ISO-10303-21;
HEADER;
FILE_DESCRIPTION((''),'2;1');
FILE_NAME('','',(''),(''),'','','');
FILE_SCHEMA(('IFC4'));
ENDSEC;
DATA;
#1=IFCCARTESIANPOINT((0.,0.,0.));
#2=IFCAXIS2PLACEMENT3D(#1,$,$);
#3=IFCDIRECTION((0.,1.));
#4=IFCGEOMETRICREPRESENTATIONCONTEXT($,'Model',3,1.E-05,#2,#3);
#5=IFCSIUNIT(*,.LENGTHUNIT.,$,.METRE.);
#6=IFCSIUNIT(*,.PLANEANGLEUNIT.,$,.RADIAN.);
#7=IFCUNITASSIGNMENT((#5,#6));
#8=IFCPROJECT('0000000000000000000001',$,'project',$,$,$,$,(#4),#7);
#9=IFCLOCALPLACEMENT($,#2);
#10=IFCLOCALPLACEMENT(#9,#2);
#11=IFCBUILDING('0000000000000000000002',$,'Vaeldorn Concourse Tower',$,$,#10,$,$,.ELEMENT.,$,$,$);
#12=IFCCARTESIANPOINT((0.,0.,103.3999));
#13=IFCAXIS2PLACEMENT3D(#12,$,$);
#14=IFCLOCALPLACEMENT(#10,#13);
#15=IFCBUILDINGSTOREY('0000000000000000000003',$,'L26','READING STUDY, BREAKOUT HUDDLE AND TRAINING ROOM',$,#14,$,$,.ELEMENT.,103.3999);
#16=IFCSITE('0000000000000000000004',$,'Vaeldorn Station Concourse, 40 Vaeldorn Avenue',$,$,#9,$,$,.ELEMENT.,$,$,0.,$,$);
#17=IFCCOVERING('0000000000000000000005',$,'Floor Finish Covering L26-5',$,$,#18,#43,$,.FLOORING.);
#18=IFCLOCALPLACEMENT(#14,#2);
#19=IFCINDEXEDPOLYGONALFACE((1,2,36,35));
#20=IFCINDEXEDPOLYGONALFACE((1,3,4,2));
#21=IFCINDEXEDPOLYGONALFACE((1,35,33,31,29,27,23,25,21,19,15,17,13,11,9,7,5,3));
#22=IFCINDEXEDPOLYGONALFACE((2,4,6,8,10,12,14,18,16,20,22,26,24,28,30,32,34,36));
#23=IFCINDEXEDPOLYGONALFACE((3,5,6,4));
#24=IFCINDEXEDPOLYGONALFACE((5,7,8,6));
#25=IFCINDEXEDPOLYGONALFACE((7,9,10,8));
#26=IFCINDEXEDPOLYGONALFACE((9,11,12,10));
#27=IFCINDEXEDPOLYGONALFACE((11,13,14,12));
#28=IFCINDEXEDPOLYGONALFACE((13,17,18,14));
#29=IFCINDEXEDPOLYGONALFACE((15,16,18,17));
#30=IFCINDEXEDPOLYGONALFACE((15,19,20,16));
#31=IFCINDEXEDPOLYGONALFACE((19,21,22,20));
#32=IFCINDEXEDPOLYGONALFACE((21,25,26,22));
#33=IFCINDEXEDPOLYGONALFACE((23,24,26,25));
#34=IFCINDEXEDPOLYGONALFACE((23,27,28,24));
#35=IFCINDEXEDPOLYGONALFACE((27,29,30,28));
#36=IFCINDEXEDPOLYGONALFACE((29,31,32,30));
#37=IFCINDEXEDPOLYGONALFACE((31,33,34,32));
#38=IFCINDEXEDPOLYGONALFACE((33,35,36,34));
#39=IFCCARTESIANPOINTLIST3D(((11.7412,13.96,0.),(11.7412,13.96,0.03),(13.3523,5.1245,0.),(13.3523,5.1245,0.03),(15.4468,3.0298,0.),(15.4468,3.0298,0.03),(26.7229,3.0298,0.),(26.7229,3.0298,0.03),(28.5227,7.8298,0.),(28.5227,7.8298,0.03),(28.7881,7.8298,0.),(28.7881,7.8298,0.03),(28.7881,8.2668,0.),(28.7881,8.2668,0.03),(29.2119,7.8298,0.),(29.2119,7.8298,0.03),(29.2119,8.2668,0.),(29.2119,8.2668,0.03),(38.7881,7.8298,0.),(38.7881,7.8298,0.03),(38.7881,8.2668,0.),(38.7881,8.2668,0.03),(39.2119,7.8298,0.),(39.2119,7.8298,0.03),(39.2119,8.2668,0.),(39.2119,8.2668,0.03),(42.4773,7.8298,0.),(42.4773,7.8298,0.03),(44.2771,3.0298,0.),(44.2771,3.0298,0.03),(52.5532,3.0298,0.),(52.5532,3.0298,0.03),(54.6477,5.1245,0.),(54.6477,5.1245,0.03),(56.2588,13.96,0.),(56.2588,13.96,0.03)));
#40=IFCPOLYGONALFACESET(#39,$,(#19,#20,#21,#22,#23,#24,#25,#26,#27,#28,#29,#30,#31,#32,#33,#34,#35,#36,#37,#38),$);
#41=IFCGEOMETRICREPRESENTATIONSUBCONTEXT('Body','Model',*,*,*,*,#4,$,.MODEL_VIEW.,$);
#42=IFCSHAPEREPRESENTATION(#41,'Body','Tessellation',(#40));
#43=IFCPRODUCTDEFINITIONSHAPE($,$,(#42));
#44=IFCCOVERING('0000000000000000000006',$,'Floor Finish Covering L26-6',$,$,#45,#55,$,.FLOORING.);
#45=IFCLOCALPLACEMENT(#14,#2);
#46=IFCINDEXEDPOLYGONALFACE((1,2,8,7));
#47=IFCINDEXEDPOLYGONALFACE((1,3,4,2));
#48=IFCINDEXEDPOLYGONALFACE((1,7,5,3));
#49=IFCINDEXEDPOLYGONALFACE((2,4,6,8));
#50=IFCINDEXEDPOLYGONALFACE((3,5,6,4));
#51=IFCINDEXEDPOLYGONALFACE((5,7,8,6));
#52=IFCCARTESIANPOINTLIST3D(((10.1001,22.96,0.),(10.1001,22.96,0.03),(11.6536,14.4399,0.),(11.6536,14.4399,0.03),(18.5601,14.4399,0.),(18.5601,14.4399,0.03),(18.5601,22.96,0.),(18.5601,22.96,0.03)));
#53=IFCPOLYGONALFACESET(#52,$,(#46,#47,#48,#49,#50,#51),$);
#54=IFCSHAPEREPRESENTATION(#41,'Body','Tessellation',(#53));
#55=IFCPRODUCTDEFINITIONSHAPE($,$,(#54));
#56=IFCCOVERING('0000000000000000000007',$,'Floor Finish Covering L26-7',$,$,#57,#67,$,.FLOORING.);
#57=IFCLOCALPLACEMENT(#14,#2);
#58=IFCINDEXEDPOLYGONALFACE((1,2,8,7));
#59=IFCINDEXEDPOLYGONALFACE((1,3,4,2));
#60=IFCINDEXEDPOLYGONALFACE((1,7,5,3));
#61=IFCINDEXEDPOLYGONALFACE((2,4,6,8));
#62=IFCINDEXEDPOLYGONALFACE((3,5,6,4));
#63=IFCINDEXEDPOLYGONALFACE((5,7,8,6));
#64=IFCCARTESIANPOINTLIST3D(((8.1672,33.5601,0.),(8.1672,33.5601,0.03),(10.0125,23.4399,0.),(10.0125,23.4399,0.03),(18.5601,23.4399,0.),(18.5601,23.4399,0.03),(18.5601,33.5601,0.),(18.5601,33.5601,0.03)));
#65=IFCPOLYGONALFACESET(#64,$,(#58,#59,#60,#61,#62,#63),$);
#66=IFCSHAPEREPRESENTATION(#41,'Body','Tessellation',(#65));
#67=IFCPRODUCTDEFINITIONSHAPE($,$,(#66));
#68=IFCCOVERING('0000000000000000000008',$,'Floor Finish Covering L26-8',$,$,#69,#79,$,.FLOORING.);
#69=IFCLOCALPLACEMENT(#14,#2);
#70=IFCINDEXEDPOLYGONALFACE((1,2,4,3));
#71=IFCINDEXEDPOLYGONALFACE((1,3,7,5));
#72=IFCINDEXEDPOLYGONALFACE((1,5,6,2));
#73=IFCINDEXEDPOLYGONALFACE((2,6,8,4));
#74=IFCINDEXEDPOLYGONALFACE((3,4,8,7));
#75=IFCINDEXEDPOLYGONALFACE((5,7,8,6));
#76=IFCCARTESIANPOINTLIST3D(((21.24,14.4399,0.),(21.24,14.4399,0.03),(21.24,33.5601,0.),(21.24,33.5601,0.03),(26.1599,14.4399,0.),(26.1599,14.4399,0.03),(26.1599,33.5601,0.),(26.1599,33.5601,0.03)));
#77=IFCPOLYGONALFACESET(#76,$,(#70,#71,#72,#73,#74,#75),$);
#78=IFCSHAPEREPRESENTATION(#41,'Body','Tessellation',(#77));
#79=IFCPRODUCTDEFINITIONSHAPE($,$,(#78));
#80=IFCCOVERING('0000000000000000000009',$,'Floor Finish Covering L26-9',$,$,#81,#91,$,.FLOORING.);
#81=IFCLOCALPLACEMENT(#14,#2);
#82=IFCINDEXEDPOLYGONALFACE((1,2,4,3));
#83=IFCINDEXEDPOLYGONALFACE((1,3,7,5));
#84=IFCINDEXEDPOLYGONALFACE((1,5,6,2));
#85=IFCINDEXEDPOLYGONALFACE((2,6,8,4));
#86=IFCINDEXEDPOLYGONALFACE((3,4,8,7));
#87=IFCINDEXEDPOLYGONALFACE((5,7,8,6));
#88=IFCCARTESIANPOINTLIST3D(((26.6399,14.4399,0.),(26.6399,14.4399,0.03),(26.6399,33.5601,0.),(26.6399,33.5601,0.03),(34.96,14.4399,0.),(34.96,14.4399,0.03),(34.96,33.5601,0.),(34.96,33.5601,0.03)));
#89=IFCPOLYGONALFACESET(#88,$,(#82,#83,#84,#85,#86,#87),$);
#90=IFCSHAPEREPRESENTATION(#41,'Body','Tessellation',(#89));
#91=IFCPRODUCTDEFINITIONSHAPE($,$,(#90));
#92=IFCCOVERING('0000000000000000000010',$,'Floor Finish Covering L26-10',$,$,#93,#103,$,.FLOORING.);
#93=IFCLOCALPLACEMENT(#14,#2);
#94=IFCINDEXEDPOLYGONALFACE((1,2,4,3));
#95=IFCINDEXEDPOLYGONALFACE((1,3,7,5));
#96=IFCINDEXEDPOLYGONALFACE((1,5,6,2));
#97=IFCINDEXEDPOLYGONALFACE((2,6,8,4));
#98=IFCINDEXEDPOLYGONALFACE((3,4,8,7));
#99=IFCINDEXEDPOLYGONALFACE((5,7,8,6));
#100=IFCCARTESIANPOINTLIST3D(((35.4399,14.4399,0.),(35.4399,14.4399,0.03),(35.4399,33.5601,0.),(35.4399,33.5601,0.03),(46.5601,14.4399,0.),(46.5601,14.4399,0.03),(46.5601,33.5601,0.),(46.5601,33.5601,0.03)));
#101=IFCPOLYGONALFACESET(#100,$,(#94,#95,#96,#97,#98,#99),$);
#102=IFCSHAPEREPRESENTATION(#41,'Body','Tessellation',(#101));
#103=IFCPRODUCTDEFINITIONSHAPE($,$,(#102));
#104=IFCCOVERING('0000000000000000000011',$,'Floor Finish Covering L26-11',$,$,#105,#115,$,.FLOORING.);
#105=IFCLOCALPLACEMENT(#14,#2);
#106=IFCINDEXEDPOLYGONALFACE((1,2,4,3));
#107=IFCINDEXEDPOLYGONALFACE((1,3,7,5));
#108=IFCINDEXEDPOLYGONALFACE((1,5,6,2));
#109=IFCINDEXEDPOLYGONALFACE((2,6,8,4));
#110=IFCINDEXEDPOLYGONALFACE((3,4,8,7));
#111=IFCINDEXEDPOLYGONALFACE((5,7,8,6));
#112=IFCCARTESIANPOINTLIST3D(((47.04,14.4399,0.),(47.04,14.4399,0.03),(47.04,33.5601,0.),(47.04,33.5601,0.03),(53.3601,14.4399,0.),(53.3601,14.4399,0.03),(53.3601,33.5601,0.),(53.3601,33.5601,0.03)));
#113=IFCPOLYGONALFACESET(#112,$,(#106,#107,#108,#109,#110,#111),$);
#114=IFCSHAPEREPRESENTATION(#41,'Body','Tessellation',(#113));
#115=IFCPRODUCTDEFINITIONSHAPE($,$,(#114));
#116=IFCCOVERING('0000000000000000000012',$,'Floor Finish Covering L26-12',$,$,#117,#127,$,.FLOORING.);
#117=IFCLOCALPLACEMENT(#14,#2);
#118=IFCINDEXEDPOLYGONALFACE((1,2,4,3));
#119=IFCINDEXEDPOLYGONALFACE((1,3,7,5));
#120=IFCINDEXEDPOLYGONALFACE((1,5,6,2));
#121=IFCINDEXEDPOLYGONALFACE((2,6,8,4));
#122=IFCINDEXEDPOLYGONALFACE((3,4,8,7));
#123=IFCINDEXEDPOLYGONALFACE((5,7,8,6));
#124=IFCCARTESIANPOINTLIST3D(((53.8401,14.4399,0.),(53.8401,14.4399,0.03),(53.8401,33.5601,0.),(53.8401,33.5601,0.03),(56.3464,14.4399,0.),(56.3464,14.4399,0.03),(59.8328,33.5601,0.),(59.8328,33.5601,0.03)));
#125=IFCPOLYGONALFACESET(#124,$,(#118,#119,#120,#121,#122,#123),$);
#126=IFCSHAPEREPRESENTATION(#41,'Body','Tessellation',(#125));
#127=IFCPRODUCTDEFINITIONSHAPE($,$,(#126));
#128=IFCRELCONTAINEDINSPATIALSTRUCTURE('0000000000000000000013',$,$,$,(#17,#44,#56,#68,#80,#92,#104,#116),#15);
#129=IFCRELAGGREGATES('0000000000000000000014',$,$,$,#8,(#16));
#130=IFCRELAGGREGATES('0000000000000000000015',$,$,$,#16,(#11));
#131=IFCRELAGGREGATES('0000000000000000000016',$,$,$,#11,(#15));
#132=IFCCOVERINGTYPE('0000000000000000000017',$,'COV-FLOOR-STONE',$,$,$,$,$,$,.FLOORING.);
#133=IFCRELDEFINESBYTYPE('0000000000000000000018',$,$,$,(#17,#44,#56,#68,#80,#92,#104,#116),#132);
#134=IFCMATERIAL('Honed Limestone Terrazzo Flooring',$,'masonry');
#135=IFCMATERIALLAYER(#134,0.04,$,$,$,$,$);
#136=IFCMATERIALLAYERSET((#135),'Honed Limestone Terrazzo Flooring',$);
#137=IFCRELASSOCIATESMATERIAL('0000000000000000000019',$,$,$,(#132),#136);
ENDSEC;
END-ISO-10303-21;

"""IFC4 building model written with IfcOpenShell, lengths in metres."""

from ifc_helpers import new_model, si_unit, direction, frame, origin, place, context, subcontext, project, spatial, polyline, outline, extrude, material, layer, layer_set, type_object, element, save


model = new_model("IFC4")

# Units and contexts
model_context = context("Model", 3, precision=1e-05, world=origin(), true_north=direction((0.0, 1.0)))
body_context = subcontext(model_context, "Body", "Model", "MODEL_VIEW")
ifc_project = project(units=[si_unit("LENGTHUNIT", "METRE"), si_unit("PLANEANGLEUNIT", "RADIAN")], contexts=[model_context])

# Site, building, storey
site_placement = place(None, origin())
site = spatial("IfcSite", under=ifc_project, at=site_placement, Name="Vaeldorn Station Concourse, 40 Vaeldorn Avenue", CompositionType="ELEMENT", RefElevation=0.0)
building_placement = place(site_placement, origin())
building = spatial("IfcBuilding", under=site, at=building_placement, Name="Vaeldorn Concourse Tower", CompositionType="ELEMENT")
storey_placement = place(building_placement, frame((0.0, 0.0, 103.3999)))
storey = spatial("IfcBuildingStorey", under=building, at=storey_placement, Name="L26", Description="READING STUDY, BREAKOUT HUDDLE AND TRAINING ROOM", CompositionType="ELEMENT", Elevation=103.3999)

# Coverings
ifc_material_1 = material(Name="Honed Limestone Terrazzo Flooring", Category="masonry")
ifc_layer_1 = layer(ifc_material_1, 0.04)
ifc_layer_set_1 = layer_set([ifc_layer_1], Name="Honed Limestone Terrazzo Flooring")
covering_type_1 = type_object("IfcCoveringType", Name="COV-FLOOR-STONE", PredefinedType="FLOORING", material=ifc_layer_set_1)
covering_1_placement = place(storey_placement, origin())
element("IfcCovering", 1, at=covering_1_placement, inside=storey, type_object=covering_type_1, Name="Floor Finish Covering L26-5", PredefinedType="FLOORING", context=body_context, shape_type="SweptSolid", body=[
    extrude(outline(polyline([(56.2588, 13.96), (54.6477, 5.1245), (52.5532, 3.0298), (44.2771, 3.0298), (42.4773, 7.8298), (39.2119, 7.8298), (39.2119, 8.2668), (38.7881, 8.2668), (38.7881, 7.8298), (29.2119, 7.8298), (29.2119, 8.2668), (28.7881, 8.2668), (28.7881, 7.8298), (28.5227, 7.8298), (26.7229, 3.0298), (15.4468, 3.0298), (13.3523, 5.1245), (11.7412, 13.96), (56.2588, 13.96)])), origin(), (0.0, 0.0, 1.0), 0.03),
])
covering_2_placement = place(storey_placement, origin())
element("IfcCovering", 2, at=covering_2_placement, inside=storey, type_object=covering_type_1, Name="Floor Finish Covering L26-6", PredefinedType="FLOORING", context=body_context, shape_type="SweptSolid", body=[
    extrude(outline(polyline([(18.5601, 22.96), (18.5601, 14.4399), (11.6536, 14.4399), (10.1001, 22.96), (18.5601, 22.96)])), origin(), (0.0, 0.0, 1.0), 0.03),
])
covering_3_placement = place(storey_placement, origin())
element("IfcCovering", 3, at=covering_3_placement, inside=storey, type_object=covering_type_1, Name="Floor Finish Covering L26-7", PredefinedType="FLOORING", context=body_context, shape_type="SweptSolid", body=[
    extrude(outline(polyline([(18.5601, 33.5601), (18.5601, 23.4399), (10.0125, 23.4399), (8.1672, 33.5601), (18.5601, 33.5601)])), origin(), (0.0, 0.0, 1.0), 0.03),
])
covering_4_placement = place(storey_placement, origin())
element("IfcCovering", 4, at=covering_4_placement, inside=storey, type_object=covering_type_1, Name="Floor Finish Covering L26-8", PredefinedType="FLOORING", context=body_context, shape_type="SweptSolid", body=[
    extrude(outline(polyline([(21.24, 33.5601), (26.1599, 33.5601), (26.1599, 14.4399), (21.24, 14.4399), (21.24, 33.5601)])), origin(), (0.0, 0.0, 1.0), 0.03),
])
covering_5_placement = place(storey_placement, origin())
element("IfcCovering", 5, at=covering_5_placement, inside=storey, type_object=covering_type_1, Name="Floor Finish Covering L26-9", PredefinedType="FLOORING", context=body_context, shape_type="SweptSolid", body=[
    extrude(outline(polyline([(26.6399, 33.5601), (34.96, 33.5601), (34.96, 14.4399), (26.6399, 14.4399), (26.6399, 33.5601)])), origin(), (0.0, 0.0, 1.0), 0.03),
])
covering_6_placement = place(storey_placement, origin())
element("IfcCovering", 6, at=covering_6_placement, inside=storey, type_object=covering_type_1, Name="Floor Finish Covering L26-10", PredefinedType="FLOORING", context=body_context, shape_type="SweptSolid", body=[
    extrude(outline(polyline([(35.4399, 33.5601), (46.5601, 33.5601), (46.5601, 14.4399), (35.4399, 14.4399), (35.4399, 33.5601)])), origin(), (0.0, 0.0, 1.0), 0.03),
])
covering_7_placement = place(storey_placement, origin())
element("IfcCovering", 7, at=covering_7_placement, inside=storey, type_object=covering_type_1, Name="Floor Finish Covering L26-11", PredefinedType="FLOORING", context=body_context, shape_type="SweptSolid", body=[
    extrude(outline(polyline([(47.04, 33.5601), (53.3601, 33.5601), (53.3601, 14.4399), (47.04, 14.4399), (47.04, 33.5601)])), origin(), (0.0, 0.0, 1.0), 0.03),
])
covering_8_placement = place(storey_placement, origin())
element("IfcCovering", 8, at=covering_8_placement, inside=storey, type_object=covering_type_1, Name="Floor Finish Covering L26-12", PredefinedType="FLOORING", context=body_context, shape_type="SweptSolid", body=[
    extrude(outline(polyline([(53.8401, 14.4399), (53.8401, 33.5601), (59.8328, 33.5601), (56.3464, 14.4399), (53.8401, 14.4399)])), origin(), (0.0, 0.0, 1.0), 0.03),
])

save(model, "model.ifc")
